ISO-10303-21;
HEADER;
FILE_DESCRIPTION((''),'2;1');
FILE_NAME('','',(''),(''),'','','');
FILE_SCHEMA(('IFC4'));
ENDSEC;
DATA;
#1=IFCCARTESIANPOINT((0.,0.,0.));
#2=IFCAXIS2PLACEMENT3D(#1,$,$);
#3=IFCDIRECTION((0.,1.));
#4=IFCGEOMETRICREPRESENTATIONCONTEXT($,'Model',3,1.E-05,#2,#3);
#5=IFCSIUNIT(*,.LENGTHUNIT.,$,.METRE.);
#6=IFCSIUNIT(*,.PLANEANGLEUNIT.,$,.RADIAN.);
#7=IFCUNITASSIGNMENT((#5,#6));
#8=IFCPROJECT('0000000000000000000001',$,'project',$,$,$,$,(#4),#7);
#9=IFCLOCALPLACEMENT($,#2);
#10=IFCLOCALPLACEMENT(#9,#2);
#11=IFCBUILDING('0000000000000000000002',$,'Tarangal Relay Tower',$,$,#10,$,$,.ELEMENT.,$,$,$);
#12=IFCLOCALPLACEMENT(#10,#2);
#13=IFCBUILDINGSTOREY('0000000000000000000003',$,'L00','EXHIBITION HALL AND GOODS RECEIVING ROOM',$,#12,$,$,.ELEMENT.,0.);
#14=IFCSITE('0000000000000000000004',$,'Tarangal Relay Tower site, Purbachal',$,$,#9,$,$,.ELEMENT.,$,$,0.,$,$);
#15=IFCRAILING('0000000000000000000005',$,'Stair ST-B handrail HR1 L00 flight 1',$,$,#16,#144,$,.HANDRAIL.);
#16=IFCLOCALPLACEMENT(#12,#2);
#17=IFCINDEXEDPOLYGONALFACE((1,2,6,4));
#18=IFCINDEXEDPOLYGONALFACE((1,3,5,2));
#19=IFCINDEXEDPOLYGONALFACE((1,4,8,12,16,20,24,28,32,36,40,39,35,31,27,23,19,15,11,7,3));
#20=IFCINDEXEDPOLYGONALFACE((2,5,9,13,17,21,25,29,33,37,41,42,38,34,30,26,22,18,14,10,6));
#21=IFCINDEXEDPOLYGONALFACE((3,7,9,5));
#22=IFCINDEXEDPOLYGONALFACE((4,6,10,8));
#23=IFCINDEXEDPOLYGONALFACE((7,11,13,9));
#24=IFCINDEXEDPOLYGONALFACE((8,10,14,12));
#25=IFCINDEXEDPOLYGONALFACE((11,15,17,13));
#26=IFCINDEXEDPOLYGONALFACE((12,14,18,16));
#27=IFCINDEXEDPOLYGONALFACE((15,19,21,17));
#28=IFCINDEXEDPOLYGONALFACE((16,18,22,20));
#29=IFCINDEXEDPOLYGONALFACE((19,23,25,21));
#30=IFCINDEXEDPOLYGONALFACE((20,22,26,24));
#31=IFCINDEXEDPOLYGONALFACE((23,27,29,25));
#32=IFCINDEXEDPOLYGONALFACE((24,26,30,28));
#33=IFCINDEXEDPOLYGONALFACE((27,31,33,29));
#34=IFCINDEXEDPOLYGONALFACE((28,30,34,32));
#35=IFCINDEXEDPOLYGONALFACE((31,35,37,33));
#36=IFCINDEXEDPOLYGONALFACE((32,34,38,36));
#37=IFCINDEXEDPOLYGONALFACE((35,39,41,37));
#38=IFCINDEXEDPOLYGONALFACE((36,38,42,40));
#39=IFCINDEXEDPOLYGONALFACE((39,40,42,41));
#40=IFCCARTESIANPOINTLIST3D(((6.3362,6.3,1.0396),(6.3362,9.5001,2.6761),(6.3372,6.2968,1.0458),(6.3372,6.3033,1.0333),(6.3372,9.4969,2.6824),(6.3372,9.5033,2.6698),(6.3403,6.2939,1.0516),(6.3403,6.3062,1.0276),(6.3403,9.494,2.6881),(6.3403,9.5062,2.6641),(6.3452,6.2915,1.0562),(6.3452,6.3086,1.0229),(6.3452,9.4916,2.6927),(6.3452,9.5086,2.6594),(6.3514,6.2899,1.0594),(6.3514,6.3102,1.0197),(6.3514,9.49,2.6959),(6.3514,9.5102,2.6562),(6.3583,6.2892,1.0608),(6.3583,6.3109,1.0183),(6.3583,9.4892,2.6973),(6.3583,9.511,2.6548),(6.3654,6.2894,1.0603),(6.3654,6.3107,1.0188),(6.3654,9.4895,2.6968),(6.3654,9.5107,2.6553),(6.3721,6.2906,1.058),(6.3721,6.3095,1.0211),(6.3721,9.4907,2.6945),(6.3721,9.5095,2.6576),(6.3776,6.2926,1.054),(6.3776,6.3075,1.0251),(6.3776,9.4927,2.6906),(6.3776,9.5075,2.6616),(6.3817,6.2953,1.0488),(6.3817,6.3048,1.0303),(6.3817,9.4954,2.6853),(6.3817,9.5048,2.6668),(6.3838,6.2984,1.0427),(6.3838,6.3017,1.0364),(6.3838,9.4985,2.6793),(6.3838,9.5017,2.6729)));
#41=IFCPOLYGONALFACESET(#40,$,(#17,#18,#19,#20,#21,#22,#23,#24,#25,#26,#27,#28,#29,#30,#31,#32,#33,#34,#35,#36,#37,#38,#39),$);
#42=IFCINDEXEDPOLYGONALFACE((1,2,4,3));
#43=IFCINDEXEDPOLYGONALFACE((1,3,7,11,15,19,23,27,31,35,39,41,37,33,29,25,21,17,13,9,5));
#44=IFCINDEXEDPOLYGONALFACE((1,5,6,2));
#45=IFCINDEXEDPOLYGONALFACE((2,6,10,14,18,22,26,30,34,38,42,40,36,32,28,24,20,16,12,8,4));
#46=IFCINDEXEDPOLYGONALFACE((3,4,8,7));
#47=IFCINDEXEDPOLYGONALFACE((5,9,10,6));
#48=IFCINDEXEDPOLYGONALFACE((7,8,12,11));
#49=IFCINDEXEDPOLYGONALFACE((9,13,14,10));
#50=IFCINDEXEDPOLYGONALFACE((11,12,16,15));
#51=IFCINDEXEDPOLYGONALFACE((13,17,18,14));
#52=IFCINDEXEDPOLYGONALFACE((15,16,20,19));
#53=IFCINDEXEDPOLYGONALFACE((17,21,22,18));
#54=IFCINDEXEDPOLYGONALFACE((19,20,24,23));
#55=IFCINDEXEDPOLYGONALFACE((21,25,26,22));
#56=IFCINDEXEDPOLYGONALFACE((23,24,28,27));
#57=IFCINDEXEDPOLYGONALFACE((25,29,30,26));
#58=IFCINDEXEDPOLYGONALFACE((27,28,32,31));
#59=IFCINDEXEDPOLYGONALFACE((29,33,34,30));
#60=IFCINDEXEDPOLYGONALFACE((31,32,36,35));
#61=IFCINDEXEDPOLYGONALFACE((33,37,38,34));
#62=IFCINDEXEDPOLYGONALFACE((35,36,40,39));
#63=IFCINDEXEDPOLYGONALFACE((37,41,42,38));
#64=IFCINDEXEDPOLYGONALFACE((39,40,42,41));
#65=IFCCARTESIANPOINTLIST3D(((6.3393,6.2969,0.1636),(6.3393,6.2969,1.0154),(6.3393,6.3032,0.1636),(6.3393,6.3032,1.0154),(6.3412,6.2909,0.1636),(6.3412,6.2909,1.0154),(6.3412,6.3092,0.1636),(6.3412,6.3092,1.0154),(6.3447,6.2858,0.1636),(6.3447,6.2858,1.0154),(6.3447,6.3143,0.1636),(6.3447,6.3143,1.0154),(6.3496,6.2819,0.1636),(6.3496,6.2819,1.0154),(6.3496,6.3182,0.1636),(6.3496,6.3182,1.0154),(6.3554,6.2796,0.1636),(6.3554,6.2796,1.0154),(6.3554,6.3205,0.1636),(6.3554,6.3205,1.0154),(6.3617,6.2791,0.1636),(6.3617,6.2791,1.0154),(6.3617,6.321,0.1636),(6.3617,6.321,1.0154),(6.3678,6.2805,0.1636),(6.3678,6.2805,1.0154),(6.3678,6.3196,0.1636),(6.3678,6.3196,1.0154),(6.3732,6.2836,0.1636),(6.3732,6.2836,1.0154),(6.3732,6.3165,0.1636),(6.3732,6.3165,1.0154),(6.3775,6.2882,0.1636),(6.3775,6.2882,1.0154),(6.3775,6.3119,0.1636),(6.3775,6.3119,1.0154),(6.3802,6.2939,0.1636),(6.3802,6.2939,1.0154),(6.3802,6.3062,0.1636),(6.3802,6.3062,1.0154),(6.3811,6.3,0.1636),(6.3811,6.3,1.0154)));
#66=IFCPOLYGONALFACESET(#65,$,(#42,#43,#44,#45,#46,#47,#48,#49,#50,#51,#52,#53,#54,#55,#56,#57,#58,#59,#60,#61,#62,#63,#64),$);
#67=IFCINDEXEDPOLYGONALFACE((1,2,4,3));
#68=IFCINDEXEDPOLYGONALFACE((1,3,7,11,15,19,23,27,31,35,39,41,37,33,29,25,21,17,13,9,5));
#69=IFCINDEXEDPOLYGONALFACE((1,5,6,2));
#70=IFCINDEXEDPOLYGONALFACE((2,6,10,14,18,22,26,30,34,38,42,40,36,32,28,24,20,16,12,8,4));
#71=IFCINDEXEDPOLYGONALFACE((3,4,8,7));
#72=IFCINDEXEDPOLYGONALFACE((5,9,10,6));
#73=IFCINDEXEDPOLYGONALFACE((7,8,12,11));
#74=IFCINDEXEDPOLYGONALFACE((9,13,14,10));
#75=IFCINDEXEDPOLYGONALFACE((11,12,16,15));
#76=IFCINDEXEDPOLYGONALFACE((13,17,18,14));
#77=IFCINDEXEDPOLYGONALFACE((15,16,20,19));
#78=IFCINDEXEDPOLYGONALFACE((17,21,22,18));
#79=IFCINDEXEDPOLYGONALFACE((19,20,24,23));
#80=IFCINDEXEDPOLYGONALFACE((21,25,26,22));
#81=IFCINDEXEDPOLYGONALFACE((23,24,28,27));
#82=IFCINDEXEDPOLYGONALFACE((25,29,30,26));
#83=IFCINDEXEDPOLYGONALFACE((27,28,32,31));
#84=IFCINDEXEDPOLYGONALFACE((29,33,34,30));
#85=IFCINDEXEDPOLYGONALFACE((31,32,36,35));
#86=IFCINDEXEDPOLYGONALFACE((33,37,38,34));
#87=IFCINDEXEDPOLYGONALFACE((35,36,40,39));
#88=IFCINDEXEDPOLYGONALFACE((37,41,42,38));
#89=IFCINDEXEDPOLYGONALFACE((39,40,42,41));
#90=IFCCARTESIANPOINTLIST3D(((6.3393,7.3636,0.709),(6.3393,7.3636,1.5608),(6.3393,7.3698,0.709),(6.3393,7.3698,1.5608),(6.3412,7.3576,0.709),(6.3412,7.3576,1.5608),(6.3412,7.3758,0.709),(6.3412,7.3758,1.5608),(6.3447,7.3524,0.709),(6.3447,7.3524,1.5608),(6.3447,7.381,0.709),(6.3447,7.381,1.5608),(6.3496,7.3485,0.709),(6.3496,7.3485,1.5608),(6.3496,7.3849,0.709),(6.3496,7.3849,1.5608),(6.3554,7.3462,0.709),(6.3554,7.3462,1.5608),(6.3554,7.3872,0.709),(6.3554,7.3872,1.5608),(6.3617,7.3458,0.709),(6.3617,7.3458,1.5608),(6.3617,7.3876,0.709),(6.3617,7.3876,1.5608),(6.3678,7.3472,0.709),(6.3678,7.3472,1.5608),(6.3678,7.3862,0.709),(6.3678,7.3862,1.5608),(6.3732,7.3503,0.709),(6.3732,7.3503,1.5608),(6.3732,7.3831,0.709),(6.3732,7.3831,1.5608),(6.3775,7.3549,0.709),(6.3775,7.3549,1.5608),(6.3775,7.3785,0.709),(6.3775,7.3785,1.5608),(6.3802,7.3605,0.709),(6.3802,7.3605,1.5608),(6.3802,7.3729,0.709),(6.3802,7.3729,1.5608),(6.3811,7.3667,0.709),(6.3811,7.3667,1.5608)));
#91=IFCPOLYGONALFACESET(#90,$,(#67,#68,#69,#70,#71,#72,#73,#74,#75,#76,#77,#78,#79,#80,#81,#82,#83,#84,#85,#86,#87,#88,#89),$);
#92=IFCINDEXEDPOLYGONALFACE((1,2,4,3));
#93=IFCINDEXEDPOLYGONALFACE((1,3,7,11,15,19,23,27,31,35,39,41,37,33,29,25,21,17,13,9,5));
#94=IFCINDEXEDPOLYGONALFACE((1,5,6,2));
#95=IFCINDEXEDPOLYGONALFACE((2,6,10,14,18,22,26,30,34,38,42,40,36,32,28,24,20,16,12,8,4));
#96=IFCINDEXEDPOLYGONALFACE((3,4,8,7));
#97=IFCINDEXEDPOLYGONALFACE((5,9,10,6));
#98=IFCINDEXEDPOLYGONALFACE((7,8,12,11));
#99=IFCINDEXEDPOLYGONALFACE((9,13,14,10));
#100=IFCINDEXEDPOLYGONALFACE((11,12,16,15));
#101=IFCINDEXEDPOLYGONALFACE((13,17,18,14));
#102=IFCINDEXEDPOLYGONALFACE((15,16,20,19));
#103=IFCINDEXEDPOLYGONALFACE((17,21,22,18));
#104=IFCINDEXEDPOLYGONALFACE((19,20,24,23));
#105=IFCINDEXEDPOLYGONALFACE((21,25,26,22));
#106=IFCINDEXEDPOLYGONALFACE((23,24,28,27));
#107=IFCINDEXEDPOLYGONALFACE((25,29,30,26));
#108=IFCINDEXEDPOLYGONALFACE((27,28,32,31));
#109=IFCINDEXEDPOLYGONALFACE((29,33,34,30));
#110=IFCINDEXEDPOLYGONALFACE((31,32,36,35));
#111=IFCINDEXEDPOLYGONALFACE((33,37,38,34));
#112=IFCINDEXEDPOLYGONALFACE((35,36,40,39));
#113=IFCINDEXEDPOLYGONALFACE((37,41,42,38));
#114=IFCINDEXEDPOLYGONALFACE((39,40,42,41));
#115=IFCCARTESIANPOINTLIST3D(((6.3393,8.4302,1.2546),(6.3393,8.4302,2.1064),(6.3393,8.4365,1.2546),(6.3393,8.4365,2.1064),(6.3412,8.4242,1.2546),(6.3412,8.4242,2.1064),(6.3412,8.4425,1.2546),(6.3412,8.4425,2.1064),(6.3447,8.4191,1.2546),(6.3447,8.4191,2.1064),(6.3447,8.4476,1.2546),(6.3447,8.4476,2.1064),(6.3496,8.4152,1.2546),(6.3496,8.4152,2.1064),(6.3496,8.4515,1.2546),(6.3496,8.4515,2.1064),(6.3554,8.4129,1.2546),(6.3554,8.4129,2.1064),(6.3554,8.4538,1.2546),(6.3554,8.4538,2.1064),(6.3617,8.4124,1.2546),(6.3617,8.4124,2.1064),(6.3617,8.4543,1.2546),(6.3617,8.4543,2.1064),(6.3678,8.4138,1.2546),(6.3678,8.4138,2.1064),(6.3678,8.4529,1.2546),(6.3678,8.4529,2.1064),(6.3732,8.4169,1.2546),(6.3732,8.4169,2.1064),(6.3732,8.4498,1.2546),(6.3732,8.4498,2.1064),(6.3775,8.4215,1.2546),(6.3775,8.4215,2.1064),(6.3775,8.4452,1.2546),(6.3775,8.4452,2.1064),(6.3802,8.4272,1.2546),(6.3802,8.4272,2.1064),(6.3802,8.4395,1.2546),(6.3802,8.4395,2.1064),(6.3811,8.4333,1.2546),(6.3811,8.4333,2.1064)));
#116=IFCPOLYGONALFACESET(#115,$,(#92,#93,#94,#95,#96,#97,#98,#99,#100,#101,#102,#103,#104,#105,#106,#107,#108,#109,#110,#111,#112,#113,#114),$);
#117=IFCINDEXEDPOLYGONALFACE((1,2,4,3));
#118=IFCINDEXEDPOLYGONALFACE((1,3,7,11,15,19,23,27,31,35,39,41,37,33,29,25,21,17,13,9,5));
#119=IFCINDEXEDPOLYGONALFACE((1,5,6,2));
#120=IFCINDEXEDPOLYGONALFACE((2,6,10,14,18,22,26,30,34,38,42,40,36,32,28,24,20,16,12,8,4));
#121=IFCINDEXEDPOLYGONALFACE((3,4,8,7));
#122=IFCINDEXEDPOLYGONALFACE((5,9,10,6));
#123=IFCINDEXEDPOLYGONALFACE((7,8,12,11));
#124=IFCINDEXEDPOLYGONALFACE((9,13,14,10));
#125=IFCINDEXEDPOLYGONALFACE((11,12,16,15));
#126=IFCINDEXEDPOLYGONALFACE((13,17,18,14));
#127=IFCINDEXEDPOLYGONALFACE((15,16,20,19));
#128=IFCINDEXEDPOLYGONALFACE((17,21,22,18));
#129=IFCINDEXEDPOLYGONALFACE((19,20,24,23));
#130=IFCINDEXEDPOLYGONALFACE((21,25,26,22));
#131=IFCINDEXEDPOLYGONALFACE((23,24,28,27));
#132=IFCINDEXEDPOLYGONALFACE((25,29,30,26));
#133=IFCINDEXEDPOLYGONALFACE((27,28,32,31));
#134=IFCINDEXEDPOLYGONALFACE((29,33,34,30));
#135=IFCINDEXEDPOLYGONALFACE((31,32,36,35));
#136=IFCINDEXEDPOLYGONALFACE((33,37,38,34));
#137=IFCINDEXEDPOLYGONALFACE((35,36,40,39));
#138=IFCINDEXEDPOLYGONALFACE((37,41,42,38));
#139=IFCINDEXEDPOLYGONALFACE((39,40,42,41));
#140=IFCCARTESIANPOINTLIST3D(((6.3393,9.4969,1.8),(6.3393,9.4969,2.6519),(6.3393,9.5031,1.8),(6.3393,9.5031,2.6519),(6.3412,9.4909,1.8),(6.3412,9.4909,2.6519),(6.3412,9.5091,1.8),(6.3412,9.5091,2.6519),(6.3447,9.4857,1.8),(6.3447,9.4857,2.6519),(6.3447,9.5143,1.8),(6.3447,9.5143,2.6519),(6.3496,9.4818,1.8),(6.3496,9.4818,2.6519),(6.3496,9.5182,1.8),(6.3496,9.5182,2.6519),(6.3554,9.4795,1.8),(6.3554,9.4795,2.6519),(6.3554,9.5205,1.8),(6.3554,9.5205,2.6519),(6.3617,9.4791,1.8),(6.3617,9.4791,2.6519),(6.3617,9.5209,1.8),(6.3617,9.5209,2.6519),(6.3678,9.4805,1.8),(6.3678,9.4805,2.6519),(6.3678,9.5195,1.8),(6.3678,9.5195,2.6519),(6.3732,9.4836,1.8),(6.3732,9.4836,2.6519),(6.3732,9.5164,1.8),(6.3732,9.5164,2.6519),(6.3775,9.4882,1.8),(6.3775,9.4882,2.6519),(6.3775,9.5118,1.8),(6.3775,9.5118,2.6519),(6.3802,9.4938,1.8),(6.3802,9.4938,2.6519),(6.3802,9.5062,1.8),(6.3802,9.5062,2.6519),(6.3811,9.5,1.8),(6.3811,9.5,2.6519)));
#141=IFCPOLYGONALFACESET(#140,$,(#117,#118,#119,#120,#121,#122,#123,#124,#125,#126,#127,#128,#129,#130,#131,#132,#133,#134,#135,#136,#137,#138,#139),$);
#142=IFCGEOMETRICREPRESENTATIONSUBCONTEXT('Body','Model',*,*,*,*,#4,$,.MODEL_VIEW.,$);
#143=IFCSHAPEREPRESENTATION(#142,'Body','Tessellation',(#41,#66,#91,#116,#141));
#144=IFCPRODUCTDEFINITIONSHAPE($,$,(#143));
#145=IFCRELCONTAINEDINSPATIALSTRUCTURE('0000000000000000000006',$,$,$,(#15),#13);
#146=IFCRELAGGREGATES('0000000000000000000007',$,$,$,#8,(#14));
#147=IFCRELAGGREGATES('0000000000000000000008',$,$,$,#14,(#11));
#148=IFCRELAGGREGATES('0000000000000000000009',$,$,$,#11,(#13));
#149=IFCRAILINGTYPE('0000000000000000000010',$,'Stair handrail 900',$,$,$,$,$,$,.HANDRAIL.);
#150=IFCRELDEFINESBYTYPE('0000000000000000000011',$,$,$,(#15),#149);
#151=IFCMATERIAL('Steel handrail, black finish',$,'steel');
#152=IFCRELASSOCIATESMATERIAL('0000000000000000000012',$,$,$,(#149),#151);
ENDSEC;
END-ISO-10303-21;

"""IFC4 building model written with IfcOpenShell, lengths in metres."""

from ifc_helpers import new_model, si_unit, direction, frame, origin, origin_2d, place, context, subcontext, project, spatial, circle, extrude, material, type_object, element, save


model = new_model("IFC4")

# Units and contexts
model_context = context("Model", 3, precision=1e-05, world=origin(), true_north=direction((0.0, 1.0)))
body_context = subcontext(model_context, "Body", "Model", "MODEL_VIEW")
ifc_project = project(units=[si_unit("LENGTHUNIT", "METRE"), si_unit("PLANEANGLEUNIT", "RADIAN")], contexts=[model_context])

# Site, building, storey
site_placement = place(None, origin())
site = spatial("IfcSite", under=ifc_project, at=site_placement, Name="Tarangal Relay Tower site, Purbachal", CompositionType="ELEMENT", RefElevation=0.0)
building_placement = place(site_placement, origin())
building = spatial("IfcBuilding", under=site, at=building_placement, Name="Tarangal Relay Tower", CompositionType="ELEMENT")
storey_placement = place(building_placement, origin())
storey = spatial("IfcBuildingStorey", under=building, at=storey_placement, Name="L00", Description="EXHIBITION HALL AND GOODS RECEIVING ROOM", CompositionType="ELEMENT", Elevation=0.0)

# Railing
ifc_material_1 = material(Name="Steel handrail, black finish", Category="steel")
railing_type = type_object("IfcRailingType", Name="Stair handrail 900", PredefinedType="HANDRAIL", material=ifc_material_1)
railing_1_placement = place(storey_placement, frame((6.3601, 6.3, 0.1636)))
element("IfcRailing", 1, at=railing_1_placement, inside=storey, type_object=railing_type, Name="Stair ST-B handrail HR1 L00 flight 1", PredefinedType="HANDRAIL", context=body_context, shape_type="SweptSolid", body=[
    extrude(circle(Radius=0.0239, at=origin_2d()), frame((0.0, 0.0, 0.876), z_axis=(0.0, 0.890328, 0.455319), x_axis=(-1.0, 0.0, 0.0)), (0.0, 0.0, 1.0), 3.5942),
    extrude(circle(Radius=0.021, at=origin_2d()), origin(), (0.0, 0.0, 1.0), 0.8518),
    extrude(circle(Radius=0.021, at=origin_2d()), frame((0.0, 1.0667, 0.5454)), (0.0, 0.0, 1.0), 0.8518),
    extrude(circle(Radius=0.021, at=origin_2d()), frame((0.0, 2.1333, 1.0911)), (0.0, 0.0, 1.0), 0.8518),
    extrude(circle(Radius=0.021, at=origin_2d()), frame((0.0, 3.2, 1.6365)), (0.0, 0.0, 1.0), 0.8518),
])

save(model, "model.ifc")
